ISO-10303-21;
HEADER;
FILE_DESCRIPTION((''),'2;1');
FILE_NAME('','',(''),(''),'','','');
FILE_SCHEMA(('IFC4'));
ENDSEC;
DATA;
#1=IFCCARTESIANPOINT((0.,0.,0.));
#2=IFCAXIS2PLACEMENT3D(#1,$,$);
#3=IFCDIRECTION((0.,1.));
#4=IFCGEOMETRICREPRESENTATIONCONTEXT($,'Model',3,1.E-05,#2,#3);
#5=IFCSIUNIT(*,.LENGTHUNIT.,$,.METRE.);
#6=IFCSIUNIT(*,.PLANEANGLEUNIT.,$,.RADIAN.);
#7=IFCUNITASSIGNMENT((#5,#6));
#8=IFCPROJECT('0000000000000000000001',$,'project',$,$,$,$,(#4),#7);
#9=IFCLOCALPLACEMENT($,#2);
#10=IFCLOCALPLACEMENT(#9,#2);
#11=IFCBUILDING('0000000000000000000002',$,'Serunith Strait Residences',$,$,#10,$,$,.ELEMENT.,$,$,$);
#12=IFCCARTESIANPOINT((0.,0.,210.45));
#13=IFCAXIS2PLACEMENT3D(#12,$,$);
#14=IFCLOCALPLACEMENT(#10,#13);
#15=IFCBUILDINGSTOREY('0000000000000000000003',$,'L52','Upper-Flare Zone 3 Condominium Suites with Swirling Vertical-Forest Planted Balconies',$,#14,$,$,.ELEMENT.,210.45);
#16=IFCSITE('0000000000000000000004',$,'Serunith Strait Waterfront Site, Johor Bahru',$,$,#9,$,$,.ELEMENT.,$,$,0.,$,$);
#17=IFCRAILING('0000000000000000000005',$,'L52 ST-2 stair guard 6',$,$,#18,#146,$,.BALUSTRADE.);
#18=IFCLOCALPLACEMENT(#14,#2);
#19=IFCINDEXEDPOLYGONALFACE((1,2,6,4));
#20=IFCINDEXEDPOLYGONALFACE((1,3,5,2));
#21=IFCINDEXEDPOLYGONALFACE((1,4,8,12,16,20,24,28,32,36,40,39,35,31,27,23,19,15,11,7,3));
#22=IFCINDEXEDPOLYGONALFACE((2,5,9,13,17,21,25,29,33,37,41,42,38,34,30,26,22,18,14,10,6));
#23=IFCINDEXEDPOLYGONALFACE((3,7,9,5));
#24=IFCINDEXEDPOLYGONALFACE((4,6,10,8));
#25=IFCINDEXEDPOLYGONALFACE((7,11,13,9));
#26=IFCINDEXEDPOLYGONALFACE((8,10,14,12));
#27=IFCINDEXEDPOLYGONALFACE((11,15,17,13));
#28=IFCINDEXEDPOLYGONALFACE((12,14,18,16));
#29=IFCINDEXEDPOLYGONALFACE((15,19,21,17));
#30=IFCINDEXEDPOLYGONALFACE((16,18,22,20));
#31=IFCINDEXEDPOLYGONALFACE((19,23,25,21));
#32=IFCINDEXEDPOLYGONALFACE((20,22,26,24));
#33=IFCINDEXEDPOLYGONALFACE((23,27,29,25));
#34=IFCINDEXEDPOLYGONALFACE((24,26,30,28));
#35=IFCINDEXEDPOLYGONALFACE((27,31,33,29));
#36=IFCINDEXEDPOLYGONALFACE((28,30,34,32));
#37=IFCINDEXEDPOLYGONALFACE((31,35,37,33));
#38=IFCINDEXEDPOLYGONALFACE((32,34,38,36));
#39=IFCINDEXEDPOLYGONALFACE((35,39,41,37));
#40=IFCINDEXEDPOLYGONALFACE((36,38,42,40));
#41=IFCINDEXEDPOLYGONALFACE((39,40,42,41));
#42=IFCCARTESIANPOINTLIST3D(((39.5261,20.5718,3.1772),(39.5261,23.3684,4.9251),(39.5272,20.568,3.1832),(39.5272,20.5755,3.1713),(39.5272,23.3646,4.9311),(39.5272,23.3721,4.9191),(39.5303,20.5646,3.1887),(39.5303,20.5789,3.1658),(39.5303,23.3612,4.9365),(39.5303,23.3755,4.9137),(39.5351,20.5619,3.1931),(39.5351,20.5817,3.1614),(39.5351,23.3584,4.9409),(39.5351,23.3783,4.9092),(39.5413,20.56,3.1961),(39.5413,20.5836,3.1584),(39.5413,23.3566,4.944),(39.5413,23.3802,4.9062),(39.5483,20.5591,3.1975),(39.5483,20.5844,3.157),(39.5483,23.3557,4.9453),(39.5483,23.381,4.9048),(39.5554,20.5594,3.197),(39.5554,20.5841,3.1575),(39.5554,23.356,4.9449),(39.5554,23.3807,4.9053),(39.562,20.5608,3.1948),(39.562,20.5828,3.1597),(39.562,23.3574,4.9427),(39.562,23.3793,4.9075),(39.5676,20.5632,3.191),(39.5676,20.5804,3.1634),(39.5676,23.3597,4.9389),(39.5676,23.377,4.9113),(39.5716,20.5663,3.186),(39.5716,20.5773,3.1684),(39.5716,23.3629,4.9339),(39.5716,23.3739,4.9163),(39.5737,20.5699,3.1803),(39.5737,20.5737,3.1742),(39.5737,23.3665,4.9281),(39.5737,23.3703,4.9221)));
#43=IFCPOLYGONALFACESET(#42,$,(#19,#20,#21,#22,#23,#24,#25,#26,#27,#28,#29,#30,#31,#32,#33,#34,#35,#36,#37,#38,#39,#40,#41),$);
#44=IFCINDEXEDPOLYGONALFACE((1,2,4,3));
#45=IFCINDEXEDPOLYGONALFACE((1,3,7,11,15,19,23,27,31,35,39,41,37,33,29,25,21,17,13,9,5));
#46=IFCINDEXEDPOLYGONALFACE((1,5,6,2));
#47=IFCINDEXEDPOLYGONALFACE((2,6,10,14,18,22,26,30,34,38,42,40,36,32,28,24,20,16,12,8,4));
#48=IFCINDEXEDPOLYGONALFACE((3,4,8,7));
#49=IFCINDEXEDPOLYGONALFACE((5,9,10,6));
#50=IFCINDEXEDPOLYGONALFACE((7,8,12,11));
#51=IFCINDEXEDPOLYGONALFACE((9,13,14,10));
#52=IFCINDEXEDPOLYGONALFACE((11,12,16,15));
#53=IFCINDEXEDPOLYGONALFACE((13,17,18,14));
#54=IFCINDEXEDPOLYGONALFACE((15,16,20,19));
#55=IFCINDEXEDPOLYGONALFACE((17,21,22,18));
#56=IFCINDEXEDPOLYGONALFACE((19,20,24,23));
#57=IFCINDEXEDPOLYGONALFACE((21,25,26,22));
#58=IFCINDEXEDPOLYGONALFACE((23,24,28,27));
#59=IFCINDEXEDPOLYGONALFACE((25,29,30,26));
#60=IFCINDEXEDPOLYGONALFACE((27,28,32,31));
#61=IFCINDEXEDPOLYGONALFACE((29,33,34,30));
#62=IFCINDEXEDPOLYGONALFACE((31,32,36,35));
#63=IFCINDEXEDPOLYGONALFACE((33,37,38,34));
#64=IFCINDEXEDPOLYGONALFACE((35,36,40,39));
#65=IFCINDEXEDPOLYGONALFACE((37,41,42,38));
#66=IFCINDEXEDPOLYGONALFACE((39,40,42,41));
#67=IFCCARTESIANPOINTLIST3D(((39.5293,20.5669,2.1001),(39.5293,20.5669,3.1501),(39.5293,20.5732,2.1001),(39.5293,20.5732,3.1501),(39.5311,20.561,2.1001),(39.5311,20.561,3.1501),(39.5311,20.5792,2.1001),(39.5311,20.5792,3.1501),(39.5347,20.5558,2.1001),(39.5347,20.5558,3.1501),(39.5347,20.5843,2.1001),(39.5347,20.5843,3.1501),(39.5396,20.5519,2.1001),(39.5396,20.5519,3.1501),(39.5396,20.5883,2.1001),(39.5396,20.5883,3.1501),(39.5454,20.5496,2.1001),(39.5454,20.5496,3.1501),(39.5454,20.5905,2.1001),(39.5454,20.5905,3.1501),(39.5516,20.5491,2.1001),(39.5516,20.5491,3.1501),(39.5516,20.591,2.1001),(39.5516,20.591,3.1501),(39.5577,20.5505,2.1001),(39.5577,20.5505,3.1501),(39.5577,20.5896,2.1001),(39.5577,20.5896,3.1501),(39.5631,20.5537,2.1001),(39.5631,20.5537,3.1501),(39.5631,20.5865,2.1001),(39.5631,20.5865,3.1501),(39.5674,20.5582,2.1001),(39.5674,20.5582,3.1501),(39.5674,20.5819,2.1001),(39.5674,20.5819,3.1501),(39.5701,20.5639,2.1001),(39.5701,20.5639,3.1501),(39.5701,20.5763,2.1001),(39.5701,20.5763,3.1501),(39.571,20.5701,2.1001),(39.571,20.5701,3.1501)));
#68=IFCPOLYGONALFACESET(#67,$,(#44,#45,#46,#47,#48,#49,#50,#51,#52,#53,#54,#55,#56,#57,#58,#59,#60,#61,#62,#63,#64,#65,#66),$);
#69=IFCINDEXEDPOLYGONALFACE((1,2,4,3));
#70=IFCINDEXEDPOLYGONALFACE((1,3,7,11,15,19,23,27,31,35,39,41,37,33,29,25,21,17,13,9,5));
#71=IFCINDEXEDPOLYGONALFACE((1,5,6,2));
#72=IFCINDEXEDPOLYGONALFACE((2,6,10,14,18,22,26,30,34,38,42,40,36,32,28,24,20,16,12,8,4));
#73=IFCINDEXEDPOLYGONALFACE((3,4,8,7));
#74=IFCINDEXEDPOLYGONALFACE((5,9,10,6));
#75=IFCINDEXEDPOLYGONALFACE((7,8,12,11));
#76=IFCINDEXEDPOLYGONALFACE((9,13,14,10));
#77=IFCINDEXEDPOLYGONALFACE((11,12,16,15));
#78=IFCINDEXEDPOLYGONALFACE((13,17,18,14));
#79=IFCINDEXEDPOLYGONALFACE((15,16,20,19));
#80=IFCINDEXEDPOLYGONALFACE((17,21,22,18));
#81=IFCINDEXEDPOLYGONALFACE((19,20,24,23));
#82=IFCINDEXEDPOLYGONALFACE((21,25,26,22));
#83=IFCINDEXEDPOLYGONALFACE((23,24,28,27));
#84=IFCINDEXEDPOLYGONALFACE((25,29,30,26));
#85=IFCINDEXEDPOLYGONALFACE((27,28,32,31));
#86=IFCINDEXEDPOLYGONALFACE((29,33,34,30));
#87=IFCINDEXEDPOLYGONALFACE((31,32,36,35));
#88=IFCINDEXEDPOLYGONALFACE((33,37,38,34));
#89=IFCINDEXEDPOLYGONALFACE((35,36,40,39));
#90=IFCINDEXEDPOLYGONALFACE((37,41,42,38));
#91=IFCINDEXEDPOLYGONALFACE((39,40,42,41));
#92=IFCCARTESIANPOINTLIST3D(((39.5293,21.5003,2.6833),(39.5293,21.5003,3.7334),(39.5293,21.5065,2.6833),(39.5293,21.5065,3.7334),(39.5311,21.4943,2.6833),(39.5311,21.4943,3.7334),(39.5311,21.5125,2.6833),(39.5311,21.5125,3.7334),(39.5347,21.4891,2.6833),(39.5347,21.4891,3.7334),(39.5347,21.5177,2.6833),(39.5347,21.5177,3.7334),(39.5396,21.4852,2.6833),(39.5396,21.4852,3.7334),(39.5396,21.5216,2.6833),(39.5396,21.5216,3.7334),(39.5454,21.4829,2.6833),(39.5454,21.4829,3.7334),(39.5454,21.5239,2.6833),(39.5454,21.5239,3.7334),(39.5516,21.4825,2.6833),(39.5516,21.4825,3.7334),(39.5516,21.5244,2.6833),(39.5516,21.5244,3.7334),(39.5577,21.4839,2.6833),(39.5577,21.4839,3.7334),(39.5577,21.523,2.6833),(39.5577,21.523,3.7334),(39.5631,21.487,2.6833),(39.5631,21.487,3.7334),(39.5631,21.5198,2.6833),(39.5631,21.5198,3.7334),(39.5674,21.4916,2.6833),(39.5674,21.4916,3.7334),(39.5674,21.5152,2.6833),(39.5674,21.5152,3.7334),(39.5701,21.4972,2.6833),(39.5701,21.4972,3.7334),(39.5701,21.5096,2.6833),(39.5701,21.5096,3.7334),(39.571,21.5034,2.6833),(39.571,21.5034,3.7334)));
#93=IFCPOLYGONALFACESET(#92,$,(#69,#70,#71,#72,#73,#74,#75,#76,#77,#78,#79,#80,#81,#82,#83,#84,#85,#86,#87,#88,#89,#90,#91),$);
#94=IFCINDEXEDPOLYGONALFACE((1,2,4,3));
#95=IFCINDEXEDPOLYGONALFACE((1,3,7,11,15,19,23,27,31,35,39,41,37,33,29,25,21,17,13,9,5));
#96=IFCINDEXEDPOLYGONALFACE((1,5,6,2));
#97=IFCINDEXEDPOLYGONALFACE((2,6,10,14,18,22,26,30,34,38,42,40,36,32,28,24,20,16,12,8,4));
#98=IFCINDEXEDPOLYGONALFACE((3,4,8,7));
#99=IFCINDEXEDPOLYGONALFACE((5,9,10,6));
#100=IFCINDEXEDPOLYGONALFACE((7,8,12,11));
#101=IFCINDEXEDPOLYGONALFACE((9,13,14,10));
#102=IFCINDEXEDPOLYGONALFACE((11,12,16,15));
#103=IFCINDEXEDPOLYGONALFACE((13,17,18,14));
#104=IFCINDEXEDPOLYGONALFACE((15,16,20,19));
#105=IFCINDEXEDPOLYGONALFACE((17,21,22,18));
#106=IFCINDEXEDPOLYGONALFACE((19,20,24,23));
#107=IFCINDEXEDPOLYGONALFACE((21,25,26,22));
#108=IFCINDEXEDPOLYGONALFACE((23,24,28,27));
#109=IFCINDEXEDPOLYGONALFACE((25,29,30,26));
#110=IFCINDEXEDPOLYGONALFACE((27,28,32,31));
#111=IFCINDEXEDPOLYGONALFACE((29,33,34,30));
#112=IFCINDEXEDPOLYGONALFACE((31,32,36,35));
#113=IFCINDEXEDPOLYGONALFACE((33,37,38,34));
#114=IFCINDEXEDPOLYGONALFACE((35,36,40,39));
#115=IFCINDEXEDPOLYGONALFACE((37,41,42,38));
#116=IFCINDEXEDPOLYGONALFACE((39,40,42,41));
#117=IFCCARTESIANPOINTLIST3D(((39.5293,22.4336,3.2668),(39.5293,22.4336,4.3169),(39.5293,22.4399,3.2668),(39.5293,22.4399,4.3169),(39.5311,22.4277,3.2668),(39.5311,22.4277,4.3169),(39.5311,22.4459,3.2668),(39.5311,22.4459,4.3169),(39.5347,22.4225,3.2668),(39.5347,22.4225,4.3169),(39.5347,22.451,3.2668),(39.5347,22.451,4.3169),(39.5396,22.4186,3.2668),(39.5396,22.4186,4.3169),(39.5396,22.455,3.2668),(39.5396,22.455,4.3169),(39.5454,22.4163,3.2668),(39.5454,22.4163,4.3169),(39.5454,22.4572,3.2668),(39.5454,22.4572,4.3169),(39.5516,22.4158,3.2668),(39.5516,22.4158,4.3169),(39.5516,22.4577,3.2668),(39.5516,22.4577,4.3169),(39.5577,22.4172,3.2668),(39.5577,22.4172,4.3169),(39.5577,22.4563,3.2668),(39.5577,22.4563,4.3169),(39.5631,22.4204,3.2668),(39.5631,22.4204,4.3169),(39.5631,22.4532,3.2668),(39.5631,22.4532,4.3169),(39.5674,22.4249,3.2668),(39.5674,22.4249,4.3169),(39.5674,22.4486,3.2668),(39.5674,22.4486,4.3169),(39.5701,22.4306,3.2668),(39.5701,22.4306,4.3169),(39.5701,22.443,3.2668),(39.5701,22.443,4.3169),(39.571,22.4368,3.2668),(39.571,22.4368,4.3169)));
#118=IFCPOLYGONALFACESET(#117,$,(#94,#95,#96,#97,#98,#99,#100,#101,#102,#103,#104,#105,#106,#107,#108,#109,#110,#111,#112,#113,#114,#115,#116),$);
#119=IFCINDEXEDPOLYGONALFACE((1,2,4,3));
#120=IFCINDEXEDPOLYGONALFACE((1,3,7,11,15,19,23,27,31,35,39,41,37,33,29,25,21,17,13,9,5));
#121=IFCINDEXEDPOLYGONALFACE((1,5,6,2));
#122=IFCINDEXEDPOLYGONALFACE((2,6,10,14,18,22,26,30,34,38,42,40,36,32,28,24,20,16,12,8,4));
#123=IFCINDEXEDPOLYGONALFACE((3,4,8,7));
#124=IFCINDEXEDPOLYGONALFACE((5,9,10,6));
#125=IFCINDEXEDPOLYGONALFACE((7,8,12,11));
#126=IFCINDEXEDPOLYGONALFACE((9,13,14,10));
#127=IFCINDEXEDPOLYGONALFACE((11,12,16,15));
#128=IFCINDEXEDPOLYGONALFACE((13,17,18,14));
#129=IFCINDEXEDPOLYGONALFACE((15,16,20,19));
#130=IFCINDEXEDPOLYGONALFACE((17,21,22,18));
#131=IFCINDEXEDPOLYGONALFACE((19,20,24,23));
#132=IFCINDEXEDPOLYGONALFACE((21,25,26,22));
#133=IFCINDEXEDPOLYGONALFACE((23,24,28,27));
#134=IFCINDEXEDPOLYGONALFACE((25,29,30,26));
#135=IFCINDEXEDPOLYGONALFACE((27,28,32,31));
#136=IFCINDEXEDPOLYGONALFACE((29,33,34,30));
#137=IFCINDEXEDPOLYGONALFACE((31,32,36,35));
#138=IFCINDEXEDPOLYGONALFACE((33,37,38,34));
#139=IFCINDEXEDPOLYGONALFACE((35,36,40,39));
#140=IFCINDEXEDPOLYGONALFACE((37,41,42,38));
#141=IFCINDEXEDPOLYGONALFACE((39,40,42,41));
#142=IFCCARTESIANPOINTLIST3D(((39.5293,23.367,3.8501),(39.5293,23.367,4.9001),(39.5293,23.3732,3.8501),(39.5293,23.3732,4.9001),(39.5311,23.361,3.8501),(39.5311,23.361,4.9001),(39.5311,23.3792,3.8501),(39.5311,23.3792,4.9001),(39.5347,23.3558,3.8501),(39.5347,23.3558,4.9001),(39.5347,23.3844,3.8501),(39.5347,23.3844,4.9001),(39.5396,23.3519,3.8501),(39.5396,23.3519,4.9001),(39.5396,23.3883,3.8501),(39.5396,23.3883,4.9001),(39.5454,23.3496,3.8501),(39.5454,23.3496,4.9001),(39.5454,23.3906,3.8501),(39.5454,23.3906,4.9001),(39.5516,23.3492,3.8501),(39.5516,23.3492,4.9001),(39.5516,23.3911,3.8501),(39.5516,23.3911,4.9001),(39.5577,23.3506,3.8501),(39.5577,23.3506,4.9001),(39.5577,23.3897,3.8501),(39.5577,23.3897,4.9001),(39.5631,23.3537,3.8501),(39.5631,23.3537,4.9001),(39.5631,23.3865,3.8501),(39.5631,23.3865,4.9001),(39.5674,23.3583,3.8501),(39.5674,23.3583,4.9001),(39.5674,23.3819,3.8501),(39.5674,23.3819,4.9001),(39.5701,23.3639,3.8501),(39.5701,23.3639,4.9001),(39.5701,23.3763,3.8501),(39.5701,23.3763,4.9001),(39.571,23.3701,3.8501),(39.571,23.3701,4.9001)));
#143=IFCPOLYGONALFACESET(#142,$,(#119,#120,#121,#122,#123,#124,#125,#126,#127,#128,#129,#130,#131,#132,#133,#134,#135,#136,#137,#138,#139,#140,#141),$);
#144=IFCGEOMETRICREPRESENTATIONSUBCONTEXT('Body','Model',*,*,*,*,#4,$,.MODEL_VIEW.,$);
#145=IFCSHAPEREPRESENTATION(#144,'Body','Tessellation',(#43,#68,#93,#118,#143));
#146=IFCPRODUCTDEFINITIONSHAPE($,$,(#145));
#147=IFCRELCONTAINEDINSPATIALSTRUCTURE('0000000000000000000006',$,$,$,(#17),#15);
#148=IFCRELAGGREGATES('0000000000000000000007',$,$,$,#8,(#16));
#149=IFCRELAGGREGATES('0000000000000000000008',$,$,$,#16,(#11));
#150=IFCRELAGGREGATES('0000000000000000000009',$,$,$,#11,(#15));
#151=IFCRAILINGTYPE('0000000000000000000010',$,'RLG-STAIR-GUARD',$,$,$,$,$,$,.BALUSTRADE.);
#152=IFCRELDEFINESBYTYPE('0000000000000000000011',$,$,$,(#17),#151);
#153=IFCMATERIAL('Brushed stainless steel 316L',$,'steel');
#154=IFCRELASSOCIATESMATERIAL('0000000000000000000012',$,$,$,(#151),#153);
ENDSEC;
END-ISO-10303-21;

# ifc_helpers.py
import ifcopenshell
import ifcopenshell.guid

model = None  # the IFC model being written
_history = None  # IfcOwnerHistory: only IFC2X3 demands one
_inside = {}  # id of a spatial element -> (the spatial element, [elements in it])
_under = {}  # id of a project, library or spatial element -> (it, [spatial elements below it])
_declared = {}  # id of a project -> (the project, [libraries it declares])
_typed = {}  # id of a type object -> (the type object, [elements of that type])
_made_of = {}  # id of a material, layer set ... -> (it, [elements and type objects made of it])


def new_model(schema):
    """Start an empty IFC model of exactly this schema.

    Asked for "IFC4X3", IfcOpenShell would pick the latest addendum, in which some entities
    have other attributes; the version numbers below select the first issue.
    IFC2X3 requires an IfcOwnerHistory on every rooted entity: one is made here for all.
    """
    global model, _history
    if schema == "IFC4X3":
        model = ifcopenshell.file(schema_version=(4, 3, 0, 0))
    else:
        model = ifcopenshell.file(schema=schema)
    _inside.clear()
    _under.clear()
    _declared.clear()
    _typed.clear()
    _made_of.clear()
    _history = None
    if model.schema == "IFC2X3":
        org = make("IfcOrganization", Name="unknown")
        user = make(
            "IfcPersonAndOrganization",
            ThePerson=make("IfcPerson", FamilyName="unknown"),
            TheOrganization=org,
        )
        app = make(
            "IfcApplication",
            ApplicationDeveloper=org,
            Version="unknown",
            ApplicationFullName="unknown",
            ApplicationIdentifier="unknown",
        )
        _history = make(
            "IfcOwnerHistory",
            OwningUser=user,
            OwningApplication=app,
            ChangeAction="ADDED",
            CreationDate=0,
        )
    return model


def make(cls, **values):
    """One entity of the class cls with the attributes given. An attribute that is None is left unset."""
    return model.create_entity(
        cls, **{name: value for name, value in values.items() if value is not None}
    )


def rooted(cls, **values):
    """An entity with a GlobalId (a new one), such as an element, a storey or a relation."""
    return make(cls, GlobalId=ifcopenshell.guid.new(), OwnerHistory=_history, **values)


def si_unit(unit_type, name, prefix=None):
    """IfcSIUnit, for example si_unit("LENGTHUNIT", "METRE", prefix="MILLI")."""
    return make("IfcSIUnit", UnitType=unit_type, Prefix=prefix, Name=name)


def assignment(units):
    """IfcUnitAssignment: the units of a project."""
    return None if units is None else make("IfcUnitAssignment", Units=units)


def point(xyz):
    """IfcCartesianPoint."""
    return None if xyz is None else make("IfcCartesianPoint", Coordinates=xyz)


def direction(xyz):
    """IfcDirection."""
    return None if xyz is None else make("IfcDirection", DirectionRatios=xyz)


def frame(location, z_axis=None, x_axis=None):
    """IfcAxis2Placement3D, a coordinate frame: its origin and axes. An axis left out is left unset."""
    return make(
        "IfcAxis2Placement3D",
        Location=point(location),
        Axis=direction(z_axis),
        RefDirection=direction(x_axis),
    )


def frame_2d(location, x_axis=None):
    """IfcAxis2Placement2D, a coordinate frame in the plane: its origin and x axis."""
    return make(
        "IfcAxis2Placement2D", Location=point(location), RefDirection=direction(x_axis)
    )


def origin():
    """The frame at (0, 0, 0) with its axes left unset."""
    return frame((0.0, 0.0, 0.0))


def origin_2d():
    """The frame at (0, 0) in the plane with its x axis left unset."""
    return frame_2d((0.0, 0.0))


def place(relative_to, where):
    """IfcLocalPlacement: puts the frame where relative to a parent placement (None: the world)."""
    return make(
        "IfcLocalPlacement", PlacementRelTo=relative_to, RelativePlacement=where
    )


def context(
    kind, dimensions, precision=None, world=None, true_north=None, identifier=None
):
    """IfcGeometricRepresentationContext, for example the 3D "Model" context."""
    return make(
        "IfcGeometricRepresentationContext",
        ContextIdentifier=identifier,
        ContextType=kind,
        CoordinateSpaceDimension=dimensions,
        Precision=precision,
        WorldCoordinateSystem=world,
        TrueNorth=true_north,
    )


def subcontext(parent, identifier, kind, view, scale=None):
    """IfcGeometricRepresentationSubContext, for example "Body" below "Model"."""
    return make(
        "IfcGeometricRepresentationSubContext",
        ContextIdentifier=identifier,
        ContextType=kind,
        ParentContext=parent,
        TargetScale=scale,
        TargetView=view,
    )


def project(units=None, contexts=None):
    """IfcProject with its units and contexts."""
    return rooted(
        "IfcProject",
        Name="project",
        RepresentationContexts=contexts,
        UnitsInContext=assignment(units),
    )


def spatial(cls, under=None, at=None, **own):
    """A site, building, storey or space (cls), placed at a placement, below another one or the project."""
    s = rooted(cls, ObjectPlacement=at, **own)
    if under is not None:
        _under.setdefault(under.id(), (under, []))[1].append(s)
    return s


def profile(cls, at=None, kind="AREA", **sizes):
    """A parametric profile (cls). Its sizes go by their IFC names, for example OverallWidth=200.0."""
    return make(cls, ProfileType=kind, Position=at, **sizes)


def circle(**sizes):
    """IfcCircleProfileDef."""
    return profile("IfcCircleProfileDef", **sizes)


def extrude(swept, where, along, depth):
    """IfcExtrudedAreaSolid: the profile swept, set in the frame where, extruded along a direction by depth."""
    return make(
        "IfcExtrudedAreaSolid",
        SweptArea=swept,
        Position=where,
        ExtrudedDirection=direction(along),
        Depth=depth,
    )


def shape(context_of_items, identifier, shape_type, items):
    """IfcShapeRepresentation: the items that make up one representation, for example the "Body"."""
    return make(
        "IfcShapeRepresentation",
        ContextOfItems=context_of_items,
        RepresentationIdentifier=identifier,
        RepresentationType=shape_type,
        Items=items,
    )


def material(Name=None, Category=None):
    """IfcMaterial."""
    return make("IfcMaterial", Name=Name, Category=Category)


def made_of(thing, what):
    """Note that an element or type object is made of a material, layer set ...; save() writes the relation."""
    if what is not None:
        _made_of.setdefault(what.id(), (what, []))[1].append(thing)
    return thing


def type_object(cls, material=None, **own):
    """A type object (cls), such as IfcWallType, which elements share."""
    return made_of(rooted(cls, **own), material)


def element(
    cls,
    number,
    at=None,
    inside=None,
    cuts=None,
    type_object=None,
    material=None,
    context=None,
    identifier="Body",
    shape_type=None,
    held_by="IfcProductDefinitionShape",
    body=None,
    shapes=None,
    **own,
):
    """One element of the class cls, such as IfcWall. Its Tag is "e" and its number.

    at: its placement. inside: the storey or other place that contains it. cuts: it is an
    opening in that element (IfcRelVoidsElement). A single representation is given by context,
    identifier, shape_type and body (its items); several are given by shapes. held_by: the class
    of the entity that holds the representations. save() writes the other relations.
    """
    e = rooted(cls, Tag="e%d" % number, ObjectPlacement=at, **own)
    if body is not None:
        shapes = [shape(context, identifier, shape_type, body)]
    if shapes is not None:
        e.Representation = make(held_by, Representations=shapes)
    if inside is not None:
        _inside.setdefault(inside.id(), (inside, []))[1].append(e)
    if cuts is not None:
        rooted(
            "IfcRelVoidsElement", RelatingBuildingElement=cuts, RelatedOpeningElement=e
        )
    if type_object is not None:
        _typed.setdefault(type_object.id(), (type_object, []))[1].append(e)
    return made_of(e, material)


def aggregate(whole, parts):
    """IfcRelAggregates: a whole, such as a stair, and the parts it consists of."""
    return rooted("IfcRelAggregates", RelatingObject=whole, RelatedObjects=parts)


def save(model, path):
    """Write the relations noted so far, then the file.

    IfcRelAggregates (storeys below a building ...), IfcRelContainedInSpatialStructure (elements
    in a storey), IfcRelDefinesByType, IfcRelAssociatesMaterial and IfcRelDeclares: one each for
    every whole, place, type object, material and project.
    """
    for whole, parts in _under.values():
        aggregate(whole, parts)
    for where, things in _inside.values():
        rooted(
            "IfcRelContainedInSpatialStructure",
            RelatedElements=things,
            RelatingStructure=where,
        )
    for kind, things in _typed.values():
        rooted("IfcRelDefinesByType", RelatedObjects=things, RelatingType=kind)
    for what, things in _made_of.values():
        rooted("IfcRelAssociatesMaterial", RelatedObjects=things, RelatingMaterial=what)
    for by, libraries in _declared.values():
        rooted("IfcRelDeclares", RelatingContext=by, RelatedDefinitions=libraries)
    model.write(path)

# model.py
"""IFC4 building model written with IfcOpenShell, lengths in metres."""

from ifc_helpers import new_model, si_unit, direction, frame, origin, origin_2d, place, context, subcontext, project, spatial, circle, extrude, material, type_object, element, save


model = new_model("IFC4")

# Units and contexts
model_context = context("Model", 3, precision=1e-05, world=origin(), true_north=direction((0.0, 1.0)))
body_context = subcontext(model_context, "Body", "Model", "MODEL_VIEW")
ifc_project = project(units=[si_unit("LENGTHUNIT", "METRE"), si_unit("PLANEANGLEUNIT", "RADIAN")], contexts=[model_context])

# Site, building, storey
site_placement = place(None, origin())
site = spatial("IfcSite", under=ifc_project, at=site_placement, Name="Serunith Strait Waterfront Site, Johor Bahru", CompositionType="ELEMENT", RefElevation=0.0)
building_placement = place(site_placement, origin())
building = spatial("IfcBuilding", under=site, at=building_placement, Name="Serunith Strait Residences", CompositionType="ELEMENT")
storey_placement = place(building_placement, frame((0.0, 0.0, 210.45)))
storey = spatial("IfcBuildingStorey", under=building, at=storey_placement, Name="L52", Description="Upper-Flare Zone 3 Condominium Suites with Swirling Vertical-Forest Planted Balconies", CompositionType="ELEMENT", Elevation=210.45)

# Railing
ifc_material_1 = material(Name="Brushed stainless steel 316L", Category="steel")
railing_type_1 = type_object("IfcRailingType", Name="RLG-STAIR-GUARD", PredefinedType="BALUSTRADE", material=ifc_material_1)
railing_1_placement = place(storey_placement, frame((39.55, 20.5701, 2.1001)))
element("IfcRailing", 1, at=railing_1_placement, inside=storey, type_object=railing_type_1, Name="L52 ST-2 stair guard 6", PredefinedType="BALUSTRADE", context=body_context, shape_type="SweptSolid", body=[
    extrude(circle(Radius=0.0239, at=origin_2d()), frame((0.0, 0.0017, 1.0771), z_axis=(0.0, 0.848002, 0.529992), x_axis=(-1.0, 0.0, 0.0)), (0.0, 0.0, 1.0), 3.2979),
    extrude(circle(Radius=0.021, at=origin_2d()), origin(), (0.0, 0.0, 1.0), 1.05),
    extrude(circle(Radius=0.021, at=origin_2d()), frame((0.0, 0.9333, 0.5833)), (0.0, 0.0, 1.0), 1.05),
    extrude(circle(Radius=0.021, at=origin_2d()), frame((0.0, 1.8667, 1.1667)), (0.0, 0.0, 1.0), 1.05),
    extrude(circle(Radius=0.021, at=origin_2d()), frame((0.0, 2.8, 1.75)), (0.0, 0.0, 1.0), 1.05),
])

save(model, "model.ifc")
